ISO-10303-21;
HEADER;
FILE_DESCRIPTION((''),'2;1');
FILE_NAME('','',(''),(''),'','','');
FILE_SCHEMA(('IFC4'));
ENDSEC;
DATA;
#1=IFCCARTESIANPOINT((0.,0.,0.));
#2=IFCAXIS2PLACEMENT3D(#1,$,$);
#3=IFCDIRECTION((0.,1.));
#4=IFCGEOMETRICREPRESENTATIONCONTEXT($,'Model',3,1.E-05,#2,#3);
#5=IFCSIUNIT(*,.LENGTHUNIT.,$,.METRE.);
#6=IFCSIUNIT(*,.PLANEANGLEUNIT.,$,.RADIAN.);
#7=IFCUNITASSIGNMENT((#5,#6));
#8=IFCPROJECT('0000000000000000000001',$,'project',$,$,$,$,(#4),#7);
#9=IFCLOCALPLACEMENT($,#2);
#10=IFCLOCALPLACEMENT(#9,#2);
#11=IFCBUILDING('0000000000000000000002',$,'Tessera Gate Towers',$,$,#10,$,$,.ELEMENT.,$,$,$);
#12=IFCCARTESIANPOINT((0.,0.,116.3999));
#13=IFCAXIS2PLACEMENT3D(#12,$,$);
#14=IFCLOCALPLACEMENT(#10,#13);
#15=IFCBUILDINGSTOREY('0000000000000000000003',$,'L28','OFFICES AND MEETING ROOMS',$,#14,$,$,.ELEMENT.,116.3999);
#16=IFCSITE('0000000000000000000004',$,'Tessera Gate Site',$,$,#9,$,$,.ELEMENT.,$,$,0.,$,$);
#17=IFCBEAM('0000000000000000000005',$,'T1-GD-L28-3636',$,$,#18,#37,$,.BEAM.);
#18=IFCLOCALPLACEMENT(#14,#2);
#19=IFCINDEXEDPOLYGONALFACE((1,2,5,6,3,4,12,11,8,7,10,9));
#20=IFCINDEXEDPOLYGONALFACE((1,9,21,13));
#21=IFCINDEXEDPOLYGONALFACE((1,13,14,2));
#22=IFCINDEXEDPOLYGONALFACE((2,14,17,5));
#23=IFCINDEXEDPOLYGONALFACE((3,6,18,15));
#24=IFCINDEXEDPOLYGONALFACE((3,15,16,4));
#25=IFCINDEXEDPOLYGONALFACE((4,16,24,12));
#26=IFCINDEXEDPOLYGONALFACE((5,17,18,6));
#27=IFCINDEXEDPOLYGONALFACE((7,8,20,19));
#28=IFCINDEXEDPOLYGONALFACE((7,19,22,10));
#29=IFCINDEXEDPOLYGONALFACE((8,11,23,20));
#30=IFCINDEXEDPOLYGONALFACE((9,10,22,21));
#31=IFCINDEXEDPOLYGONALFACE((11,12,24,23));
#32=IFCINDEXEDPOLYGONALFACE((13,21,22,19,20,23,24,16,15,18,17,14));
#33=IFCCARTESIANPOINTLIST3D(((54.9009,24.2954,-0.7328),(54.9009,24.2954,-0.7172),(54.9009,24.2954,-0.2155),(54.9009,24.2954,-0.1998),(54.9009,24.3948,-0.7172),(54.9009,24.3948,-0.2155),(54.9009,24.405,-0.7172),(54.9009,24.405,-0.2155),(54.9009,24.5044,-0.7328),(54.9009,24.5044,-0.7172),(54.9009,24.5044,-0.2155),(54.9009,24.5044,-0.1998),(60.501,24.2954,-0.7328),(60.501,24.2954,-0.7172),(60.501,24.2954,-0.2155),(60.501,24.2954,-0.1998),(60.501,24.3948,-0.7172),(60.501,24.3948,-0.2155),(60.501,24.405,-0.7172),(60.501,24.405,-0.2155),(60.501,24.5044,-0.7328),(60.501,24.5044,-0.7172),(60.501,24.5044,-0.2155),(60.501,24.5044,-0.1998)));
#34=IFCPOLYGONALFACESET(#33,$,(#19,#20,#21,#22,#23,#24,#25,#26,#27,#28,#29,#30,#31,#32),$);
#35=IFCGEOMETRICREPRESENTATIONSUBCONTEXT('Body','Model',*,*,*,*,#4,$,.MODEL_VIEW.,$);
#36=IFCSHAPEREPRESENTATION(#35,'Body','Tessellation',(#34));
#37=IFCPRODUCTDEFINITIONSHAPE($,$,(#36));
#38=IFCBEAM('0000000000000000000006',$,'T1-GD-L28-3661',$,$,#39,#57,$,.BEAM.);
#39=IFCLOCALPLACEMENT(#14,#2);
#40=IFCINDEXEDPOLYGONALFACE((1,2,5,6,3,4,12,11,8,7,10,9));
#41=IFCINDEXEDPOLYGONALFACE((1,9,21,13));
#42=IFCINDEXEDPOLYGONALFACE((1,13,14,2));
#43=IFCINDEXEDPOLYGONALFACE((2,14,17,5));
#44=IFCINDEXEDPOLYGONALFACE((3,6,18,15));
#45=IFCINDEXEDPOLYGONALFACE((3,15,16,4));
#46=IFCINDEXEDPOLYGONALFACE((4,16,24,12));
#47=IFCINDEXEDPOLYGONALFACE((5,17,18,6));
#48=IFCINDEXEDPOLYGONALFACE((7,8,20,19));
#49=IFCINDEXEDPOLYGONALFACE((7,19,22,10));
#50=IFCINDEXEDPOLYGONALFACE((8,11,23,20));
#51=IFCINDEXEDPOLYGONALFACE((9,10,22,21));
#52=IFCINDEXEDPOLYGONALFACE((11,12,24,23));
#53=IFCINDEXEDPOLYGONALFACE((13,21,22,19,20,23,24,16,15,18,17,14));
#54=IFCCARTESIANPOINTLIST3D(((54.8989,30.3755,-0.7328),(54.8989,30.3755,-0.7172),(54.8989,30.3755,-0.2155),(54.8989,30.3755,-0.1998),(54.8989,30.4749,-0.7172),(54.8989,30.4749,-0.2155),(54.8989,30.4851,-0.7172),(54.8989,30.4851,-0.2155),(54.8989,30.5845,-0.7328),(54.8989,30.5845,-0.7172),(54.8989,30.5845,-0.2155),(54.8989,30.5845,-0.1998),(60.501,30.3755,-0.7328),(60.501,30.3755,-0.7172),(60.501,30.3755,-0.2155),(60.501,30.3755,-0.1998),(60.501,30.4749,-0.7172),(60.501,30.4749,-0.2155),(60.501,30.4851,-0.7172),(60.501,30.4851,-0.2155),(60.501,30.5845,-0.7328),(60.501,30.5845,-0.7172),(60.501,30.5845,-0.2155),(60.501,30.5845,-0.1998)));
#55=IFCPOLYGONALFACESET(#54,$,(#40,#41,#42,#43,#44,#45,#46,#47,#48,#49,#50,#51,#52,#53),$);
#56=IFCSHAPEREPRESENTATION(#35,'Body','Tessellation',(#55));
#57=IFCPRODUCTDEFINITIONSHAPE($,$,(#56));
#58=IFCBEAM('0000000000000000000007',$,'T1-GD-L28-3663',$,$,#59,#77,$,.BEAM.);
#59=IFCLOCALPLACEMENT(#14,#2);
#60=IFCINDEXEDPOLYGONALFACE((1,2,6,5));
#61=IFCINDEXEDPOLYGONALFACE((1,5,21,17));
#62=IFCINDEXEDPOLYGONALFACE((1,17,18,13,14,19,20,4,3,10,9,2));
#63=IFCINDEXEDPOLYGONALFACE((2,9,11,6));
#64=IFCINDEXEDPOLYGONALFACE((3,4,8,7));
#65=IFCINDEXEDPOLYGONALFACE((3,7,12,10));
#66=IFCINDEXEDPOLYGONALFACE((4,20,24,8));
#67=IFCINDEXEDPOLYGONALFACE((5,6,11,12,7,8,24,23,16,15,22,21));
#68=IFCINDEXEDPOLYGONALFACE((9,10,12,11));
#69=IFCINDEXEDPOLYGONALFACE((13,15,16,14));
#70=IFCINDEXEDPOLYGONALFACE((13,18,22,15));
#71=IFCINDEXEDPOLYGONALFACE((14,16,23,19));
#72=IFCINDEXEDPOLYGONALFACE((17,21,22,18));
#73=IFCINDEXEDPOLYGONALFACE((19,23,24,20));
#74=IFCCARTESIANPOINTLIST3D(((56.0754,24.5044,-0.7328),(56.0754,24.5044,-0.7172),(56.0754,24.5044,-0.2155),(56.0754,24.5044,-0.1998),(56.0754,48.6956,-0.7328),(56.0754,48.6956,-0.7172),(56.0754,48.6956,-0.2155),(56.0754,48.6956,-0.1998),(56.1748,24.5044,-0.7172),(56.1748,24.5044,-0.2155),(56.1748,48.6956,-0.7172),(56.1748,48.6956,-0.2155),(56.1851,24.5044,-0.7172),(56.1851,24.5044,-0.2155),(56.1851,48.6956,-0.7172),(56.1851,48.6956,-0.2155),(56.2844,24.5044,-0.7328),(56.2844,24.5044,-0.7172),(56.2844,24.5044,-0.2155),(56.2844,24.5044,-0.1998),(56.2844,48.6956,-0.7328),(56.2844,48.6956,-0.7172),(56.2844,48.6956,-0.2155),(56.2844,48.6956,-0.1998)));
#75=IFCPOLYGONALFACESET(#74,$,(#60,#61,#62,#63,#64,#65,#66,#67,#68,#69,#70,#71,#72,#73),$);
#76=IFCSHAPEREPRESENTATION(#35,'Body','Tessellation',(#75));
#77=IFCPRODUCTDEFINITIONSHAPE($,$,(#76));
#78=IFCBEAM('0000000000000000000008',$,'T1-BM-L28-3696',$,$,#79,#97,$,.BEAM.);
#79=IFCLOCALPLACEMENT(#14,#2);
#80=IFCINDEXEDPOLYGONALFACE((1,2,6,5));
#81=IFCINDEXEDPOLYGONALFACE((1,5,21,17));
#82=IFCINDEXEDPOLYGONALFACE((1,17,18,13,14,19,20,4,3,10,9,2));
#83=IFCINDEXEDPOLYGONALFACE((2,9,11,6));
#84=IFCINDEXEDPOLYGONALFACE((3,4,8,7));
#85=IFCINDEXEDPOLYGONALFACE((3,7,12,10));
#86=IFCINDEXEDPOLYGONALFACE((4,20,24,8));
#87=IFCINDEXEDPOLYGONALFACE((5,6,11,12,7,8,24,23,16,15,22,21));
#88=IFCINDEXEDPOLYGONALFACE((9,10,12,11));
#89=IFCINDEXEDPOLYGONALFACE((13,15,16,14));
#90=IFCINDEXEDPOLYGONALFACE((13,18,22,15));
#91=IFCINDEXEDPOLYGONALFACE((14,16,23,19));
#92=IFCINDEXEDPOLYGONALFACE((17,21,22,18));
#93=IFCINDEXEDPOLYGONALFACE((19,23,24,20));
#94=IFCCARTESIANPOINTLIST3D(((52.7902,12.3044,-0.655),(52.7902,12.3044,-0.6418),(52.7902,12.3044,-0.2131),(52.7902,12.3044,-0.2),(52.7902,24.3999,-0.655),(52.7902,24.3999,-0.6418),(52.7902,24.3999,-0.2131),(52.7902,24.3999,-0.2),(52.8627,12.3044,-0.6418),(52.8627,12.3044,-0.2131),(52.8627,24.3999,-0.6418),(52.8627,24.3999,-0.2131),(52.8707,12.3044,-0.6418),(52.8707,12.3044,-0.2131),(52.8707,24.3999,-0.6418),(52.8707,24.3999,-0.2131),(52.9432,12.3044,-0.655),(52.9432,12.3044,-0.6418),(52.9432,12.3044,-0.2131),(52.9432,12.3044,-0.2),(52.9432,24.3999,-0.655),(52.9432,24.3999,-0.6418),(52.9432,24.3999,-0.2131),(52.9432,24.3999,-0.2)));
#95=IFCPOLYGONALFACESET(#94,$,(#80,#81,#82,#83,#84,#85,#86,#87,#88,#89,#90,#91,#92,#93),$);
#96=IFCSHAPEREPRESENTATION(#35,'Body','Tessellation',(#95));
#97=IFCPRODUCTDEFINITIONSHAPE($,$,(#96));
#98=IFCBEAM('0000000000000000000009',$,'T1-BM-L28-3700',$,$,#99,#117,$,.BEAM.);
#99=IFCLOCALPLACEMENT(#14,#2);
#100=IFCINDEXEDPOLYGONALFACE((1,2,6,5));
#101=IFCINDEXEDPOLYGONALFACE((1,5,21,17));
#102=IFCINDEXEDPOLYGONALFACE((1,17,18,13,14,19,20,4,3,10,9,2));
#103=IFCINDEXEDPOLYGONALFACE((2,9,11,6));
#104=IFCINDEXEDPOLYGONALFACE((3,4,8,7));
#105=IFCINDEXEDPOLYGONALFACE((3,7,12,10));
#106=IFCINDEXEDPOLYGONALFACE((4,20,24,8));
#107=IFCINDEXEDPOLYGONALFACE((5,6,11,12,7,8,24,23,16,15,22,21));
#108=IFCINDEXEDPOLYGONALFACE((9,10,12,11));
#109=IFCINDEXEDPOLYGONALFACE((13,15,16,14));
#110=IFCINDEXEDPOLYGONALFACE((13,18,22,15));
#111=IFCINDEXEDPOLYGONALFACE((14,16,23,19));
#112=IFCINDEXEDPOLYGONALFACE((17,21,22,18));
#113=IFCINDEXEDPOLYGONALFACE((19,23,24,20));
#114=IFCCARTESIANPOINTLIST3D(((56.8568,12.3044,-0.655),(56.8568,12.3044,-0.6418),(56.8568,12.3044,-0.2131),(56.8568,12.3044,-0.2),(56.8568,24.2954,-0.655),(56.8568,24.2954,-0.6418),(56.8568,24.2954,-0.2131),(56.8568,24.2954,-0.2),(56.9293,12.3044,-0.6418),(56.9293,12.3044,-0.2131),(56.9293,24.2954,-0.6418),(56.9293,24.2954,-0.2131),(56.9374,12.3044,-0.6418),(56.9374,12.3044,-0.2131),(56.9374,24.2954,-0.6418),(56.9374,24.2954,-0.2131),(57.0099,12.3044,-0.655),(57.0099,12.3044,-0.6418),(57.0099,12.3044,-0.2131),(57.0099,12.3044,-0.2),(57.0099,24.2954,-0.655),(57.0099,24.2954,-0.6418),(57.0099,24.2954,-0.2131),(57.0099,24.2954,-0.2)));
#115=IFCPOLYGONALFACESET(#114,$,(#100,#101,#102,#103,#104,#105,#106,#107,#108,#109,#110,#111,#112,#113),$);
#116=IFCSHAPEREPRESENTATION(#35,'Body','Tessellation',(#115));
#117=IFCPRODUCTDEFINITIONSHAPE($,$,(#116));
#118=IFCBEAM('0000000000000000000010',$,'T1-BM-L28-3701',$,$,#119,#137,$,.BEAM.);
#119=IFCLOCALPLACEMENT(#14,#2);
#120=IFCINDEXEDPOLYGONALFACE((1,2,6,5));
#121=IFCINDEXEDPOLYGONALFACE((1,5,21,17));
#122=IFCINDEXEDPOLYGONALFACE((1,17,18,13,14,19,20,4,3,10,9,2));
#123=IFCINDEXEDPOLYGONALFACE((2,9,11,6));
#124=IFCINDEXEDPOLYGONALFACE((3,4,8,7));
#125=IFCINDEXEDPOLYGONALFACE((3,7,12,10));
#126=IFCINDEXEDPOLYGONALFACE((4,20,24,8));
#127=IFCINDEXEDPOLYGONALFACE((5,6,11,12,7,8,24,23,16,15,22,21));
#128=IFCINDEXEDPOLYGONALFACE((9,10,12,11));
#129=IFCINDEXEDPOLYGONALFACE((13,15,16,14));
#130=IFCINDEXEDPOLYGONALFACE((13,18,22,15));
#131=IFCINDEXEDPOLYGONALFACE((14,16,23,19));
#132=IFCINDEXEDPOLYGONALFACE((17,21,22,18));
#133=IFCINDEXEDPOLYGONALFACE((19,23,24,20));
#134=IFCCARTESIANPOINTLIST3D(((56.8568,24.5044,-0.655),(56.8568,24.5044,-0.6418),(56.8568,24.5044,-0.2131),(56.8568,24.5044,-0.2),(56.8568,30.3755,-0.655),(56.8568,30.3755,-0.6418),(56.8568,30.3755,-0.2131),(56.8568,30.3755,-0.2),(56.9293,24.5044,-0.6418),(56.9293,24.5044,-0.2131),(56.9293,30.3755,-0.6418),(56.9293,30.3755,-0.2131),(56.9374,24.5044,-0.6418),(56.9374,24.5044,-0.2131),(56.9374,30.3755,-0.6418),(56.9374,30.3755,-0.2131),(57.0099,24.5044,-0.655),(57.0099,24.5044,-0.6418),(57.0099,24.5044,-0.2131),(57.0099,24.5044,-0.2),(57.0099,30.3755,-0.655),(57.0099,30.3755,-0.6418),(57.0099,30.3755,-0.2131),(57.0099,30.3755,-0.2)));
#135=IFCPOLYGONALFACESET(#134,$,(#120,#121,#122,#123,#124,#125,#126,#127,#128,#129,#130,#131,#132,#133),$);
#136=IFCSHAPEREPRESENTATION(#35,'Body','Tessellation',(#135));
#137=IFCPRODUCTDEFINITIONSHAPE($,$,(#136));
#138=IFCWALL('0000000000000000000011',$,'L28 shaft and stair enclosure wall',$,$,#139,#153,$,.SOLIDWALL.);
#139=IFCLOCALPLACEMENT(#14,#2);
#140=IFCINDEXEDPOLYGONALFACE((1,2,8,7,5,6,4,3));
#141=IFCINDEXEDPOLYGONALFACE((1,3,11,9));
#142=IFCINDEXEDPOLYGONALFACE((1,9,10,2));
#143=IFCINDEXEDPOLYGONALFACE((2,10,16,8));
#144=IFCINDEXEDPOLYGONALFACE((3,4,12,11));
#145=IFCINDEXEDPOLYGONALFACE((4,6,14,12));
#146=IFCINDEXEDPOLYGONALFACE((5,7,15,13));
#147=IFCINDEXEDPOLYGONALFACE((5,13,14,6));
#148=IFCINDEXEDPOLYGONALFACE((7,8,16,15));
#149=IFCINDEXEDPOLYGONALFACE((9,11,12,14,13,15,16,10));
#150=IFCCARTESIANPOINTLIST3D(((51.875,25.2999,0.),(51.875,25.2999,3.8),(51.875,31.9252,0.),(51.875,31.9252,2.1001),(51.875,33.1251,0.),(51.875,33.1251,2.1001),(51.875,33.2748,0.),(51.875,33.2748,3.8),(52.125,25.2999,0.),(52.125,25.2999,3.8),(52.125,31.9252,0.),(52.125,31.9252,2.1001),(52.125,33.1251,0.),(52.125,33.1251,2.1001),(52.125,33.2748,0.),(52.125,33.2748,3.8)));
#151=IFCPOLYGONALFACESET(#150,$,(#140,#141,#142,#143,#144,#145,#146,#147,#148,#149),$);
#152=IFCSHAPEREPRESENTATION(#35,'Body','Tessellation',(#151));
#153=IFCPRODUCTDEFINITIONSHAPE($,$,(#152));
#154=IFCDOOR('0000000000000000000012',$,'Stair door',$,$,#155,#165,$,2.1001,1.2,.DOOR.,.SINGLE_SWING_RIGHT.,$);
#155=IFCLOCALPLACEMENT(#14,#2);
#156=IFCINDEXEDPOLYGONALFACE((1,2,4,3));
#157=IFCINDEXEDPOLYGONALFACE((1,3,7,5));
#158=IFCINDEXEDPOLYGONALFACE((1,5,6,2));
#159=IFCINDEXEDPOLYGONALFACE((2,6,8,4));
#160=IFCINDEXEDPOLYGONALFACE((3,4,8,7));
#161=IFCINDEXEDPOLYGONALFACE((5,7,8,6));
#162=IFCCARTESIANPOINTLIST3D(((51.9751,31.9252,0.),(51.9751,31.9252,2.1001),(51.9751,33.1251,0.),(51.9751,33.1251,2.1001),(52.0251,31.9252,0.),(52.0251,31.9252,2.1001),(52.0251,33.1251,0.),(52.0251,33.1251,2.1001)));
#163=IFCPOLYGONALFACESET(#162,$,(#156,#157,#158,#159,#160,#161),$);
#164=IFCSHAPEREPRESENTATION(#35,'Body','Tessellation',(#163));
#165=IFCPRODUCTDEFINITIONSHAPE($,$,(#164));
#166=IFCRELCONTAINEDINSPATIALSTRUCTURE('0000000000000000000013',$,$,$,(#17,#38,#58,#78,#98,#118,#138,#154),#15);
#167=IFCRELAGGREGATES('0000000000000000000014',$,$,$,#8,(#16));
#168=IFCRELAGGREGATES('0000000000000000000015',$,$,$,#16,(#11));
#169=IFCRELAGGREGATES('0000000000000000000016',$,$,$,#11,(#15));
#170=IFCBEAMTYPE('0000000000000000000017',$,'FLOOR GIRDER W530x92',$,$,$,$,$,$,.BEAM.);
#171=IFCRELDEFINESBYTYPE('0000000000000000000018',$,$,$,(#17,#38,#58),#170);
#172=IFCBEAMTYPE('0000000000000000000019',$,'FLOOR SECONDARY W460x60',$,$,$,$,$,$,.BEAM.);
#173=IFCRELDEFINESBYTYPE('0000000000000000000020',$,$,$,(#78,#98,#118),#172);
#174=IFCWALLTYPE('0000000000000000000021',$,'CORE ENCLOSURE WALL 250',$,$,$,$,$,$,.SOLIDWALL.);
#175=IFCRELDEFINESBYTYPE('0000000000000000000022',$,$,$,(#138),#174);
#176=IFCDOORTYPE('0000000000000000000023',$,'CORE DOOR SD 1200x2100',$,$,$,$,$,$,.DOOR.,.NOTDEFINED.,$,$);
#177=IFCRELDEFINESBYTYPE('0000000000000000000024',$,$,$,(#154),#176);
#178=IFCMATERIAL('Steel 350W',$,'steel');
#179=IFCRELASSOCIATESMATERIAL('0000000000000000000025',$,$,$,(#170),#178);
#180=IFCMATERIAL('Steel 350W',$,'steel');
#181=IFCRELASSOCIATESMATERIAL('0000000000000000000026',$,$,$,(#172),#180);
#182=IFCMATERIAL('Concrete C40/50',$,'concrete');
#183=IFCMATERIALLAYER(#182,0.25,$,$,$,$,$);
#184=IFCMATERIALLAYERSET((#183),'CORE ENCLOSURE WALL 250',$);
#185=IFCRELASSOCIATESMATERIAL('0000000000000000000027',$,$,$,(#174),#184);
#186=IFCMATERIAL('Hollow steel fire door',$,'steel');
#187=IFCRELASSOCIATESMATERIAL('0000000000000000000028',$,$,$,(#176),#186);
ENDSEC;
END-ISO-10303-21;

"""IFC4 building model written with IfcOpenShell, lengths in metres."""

from ifc_helpers import new_model, si_unit, direction, frame, frame_2d, origin, origin_2d, place, context, subcontext, project, spatial, rectangle, i_section, extrude, source, transform, mapped, material, layer, layer_set, material_profile, profile_set, type_object, element, fill, save


model = new_model("IFC4")

# Units and contexts
model_context = context("Model", 3, precision=1e-05, world=origin(), true_north=direction((0.0, 1.0)))
body_context = subcontext(model_context, "Body", "Model", "MODEL_VIEW")
ifc_project = project(units=[si_unit("LENGTHUNIT", "METRE"), si_unit("PLANEANGLEUNIT", "RADIAN")], contexts=[model_context])

# Site, building, storey
site_placement = place(None, origin())
site = spatial("IfcSite", under=ifc_project, at=site_placement, Name="Tessera Gate Site", CompositionType="ELEMENT", RefElevation=0.0)
building_placement = place(site_placement, origin())
building = spatial("IfcBuilding", under=site, at=building_placement, Name="Tessera Gate Towers", CompositionType="ELEMENT")
storey_placement = place(building_placement, frame((0.0, 0.0, 116.3999)))
storey = spatial("IfcBuildingStorey", under=building, at=storey_placement, Name="L28", Description="OFFICES AND MEETING ROOMS", CompositionType="ELEMENT", Elevation=116.3999)

# Beams
ifc_material_1 = material(Name="Steel 350W", Category="steel")
ifc_material_profile_1 = material_profile(ifc_material_1, i_section(OverallWidth=0.209, OverallDepth=0.533, WebThickness=0.0103, FlangeThickness=0.0156, at=origin_2d()), Name="W530x92")
ifc_profile_set_1 = profile_set([ifc_material_profile_1], Name="Steel 350W")
beam_type_1 = type_object("IfcBeamType", Name="FLOOR GIRDER W530x92", PredefinedType="BEAM", material=ifc_profile_set_1)
beam_1_placement = place(storey_placement, frame((54.9009, 24.3999, -0.4663), z_axis=(1.0, 0.0, 0.0), x_axis=(0.0, 1.0, 0.0)))
element("IfcBeam", 1, at=beam_1_placement, inside=storey, type_object=beam_type_1, Name="T1-GD-L28-3636", PredefinedType="BEAM", context=body_context, shape_type="SweptSolid", body=[
    extrude(i_section(OverallWidth=0.209, OverallDepth=0.533, WebThickness=0.0103, FlangeThickness=0.0156, at=origin_2d()), origin(), (0.0, 0.0, 1.0), 5.6001),
])
beam_2_placement = place(storey_placement, frame((54.8989, 30.48, -0.4663), z_axis=(1.0, 0.0, 0.0), x_axis=(0.0, 1.0, 0.0)))
element("IfcBeam", 2, at=beam_2_placement, inside=storey, type_object=beam_type_1, Name="T1-GD-L28-3661", PredefinedType="BEAM", context=body_context, shape_type="SweptSolid", body=[
    extrude(i_section(OverallWidth=0.209, OverallDepth=0.533, WebThickness=0.0103, FlangeThickness=0.0156, at=origin_2d()), origin(), (0.0, 0.0, 1.0), 5.6021),
])
beam_3_placement = place(storey_placement, frame((56.1799, 24.5044, -0.4663), z_axis=(0.0, 1.0, 0.0), x_axis=(-1.0, 0.0, 0.0)))
element("IfcBeam", 3, at=beam_3_placement, inside=storey, type_object=beam_type_1, Name="T1-GD-L28-3663", PredefinedType="BEAM", context=body_context, shape_type="SweptSolid", body=[
    extrude(i_section(OverallWidth=0.209, OverallDepth=0.533, WebThickness=0.0103, FlangeThickness=0.0156, at=origin_2d()), origin(), (0.0, 0.0, 1.0), 24.1912),
])
ifc_material_2 = material(Name="Steel 350W", Category="steel")
ifc_material_profile_2 = material_profile(ifc_material_2, i_section(OverallWidth=0.1531, OverallDepth=0.4551, WebThickness=0.0081, FlangeThickness=0.0132, at=origin_2d()), Name="W460x60")
ifc_profile_set_2 = profile_set([ifc_material_profile_2], Name="Steel 350W")
beam_type_2 = type_object("IfcBeamType", Name="FLOOR SECONDARY W460x60", PredefinedType="BEAM", material=ifc_profile_set_2)
beam_4_placement = place(storey_placement, frame((52.8667, 12.3044, -0.4275), z_axis=(0.0, 1.0, 0.0), x_axis=(-1.0, 0.0, 0.0)))
element("IfcBeam", 4, at=beam_4_placement, inside=storey, type_object=beam_type_2, Name="T1-BM-L28-3696", PredefinedType="BEAM", context=body_context, shape_type="SweptSolid", body=[
    extrude(i_section(OverallWidth=0.1531, OverallDepth=0.4551, WebThickness=0.0081, FlangeThickness=0.0132, at=origin_2d()), origin(), (0.0, 0.0, 1.0), 12.0955),
])
beam_5_placement = place(storey_placement, frame((56.9333, 12.3044, -0.4275), z_axis=(0.0, 1.0, 0.0), x_axis=(-1.0, 0.0, 0.0)))
element("IfcBeam", 5, at=beam_5_placement, inside=storey, type_object=beam_type_2, Name="T1-BM-L28-3700", PredefinedType="BEAM", context=body_context, shape_type="SweptSolid", body=[
    extrude(i_section(OverallWidth=0.1531, OverallDepth=0.4551, WebThickness=0.0081, FlangeThickness=0.0132, at=origin_2d()), origin(), (0.0, 0.0, 1.0), 11.991),
])
beam_6_placement = place(storey_placement, frame((56.9333, 24.5044, -0.4275), z_axis=(0.0, 1.0, 0.0), x_axis=(-1.0, 0.0, 0.0)))
element("IfcBeam", 6, at=beam_6_placement, inside=storey, type_object=beam_type_2, Name="T1-BM-L28-3701", PredefinedType="BEAM", context=body_context, shape_type="SweptSolid", body=[
    extrude(i_section(OverallWidth=0.1531, OverallDepth=0.4551, WebThickness=0.0081, FlangeThickness=0.0132, at=origin_2d()), origin(), (0.0, 0.0, 1.0), 5.8711),
])

# Wall, opening, door
ifc_material_3 = material(Name="Concrete C40/50", Category="concrete")
ifc_layer_1 = layer(ifc_material_3, 0.25)
ifc_layer_set_1 = layer_set([ifc_layer_1], Name="CORE ENCLOSURE WALL 250")
wall_type_1 = type_object("IfcWallType", Name="CORE ENCLOSURE WALL 250", PredefinedType="SOLIDWALL", material=ifc_layer_set_1)
wall_1_placement = place(storey_placement, frame((52.0, 25.3, 0.0), z_axis=(0.0, 0.0, 1.0), x_axis=(0.0, 1.0, 0.0)))
wall_1 = element("IfcWall", 7, at=wall_1_placement, inside=storey, type_object=wall_type_1, Name="L28 shaft and stair enclosure wall", PredefinedType="SOLIDWALL", context=body_context, shape_type="SweptSolid", body=[
    extrude(rectangle(XDim=7.9749, YDim=0.25, at=frame_2d((3.9873, 0.0))), origin(), (0.0, 0.0, 1.0), 3.8),
])
shared_shape_1 = source(origin(), body_context, "Body", "SweptSolid", [
    extrude(rectangle(XDim=1.2, YDim=2.1001, at=frame_2d((0.6001, 1.05))), frame((0.0, 0.135, 0.0), z_axis=(0.0, -1.0, 0.0), x_axis=(1.0, 0.0, 0.0)), (0.0, 0.0, 1.0), 0.27),
])
opening_1_placement = place(wall_1_placement, frame((6.625, 0.0, 0.0)))
opening_1 = element("IfcOpeningElement", 8, at=opening_1_placement, cuts=wall_1, PredefinedType="OPENING", context=body_context, shape_type="MappedRepresentation", body=[
    mapped(shared_shape_1, transform((0.0, 0.0, 0.0), scale=1.0)),
])
ifc_material_4 = material(Name="Hollow steel fire door", Category="steel")
door_type_1 = type_object("IfcDoorType", Name="CORE DOOR SD 1200x2100", OperationType="NOTDEFINED", PredefinedType="DOOR", material=ifc_material_4)
shared_shape_2 = source(origin(), body_context, "Body", "SweptSolid", [
    extrude(rectangle(XDim=1.2, YDim=2.1001, at=frame_2d((0.6001, 1.05))), frame((0.0, 0.0249, 0.0), z_axis=(0.0, -1.0, 0.0), x_axis=(1.0, 0.0, 0.0)), (0.0, 0.0, 1.0), 0.05),
])
door_1_placement = place(opening_1_placement, origin())
door_1 = element("IfcDoor", 9, at=door_1_placement, inside=storey, type_object=door_type_1, Name="Stair door", OperationType="SINGLE_SWING_RIGHT", OverallHeight=2.1001, OverallWidth=1.2, PredefinedType="DOOR", context=body_context, shape_type="MappedRepresentation", body=[
    mapped(shared_shape_2, transform((0.0, 0.0, 0.0), scale=1.0)),
])
fill(opening_1, door_1)

save(model, "model.ifc")
